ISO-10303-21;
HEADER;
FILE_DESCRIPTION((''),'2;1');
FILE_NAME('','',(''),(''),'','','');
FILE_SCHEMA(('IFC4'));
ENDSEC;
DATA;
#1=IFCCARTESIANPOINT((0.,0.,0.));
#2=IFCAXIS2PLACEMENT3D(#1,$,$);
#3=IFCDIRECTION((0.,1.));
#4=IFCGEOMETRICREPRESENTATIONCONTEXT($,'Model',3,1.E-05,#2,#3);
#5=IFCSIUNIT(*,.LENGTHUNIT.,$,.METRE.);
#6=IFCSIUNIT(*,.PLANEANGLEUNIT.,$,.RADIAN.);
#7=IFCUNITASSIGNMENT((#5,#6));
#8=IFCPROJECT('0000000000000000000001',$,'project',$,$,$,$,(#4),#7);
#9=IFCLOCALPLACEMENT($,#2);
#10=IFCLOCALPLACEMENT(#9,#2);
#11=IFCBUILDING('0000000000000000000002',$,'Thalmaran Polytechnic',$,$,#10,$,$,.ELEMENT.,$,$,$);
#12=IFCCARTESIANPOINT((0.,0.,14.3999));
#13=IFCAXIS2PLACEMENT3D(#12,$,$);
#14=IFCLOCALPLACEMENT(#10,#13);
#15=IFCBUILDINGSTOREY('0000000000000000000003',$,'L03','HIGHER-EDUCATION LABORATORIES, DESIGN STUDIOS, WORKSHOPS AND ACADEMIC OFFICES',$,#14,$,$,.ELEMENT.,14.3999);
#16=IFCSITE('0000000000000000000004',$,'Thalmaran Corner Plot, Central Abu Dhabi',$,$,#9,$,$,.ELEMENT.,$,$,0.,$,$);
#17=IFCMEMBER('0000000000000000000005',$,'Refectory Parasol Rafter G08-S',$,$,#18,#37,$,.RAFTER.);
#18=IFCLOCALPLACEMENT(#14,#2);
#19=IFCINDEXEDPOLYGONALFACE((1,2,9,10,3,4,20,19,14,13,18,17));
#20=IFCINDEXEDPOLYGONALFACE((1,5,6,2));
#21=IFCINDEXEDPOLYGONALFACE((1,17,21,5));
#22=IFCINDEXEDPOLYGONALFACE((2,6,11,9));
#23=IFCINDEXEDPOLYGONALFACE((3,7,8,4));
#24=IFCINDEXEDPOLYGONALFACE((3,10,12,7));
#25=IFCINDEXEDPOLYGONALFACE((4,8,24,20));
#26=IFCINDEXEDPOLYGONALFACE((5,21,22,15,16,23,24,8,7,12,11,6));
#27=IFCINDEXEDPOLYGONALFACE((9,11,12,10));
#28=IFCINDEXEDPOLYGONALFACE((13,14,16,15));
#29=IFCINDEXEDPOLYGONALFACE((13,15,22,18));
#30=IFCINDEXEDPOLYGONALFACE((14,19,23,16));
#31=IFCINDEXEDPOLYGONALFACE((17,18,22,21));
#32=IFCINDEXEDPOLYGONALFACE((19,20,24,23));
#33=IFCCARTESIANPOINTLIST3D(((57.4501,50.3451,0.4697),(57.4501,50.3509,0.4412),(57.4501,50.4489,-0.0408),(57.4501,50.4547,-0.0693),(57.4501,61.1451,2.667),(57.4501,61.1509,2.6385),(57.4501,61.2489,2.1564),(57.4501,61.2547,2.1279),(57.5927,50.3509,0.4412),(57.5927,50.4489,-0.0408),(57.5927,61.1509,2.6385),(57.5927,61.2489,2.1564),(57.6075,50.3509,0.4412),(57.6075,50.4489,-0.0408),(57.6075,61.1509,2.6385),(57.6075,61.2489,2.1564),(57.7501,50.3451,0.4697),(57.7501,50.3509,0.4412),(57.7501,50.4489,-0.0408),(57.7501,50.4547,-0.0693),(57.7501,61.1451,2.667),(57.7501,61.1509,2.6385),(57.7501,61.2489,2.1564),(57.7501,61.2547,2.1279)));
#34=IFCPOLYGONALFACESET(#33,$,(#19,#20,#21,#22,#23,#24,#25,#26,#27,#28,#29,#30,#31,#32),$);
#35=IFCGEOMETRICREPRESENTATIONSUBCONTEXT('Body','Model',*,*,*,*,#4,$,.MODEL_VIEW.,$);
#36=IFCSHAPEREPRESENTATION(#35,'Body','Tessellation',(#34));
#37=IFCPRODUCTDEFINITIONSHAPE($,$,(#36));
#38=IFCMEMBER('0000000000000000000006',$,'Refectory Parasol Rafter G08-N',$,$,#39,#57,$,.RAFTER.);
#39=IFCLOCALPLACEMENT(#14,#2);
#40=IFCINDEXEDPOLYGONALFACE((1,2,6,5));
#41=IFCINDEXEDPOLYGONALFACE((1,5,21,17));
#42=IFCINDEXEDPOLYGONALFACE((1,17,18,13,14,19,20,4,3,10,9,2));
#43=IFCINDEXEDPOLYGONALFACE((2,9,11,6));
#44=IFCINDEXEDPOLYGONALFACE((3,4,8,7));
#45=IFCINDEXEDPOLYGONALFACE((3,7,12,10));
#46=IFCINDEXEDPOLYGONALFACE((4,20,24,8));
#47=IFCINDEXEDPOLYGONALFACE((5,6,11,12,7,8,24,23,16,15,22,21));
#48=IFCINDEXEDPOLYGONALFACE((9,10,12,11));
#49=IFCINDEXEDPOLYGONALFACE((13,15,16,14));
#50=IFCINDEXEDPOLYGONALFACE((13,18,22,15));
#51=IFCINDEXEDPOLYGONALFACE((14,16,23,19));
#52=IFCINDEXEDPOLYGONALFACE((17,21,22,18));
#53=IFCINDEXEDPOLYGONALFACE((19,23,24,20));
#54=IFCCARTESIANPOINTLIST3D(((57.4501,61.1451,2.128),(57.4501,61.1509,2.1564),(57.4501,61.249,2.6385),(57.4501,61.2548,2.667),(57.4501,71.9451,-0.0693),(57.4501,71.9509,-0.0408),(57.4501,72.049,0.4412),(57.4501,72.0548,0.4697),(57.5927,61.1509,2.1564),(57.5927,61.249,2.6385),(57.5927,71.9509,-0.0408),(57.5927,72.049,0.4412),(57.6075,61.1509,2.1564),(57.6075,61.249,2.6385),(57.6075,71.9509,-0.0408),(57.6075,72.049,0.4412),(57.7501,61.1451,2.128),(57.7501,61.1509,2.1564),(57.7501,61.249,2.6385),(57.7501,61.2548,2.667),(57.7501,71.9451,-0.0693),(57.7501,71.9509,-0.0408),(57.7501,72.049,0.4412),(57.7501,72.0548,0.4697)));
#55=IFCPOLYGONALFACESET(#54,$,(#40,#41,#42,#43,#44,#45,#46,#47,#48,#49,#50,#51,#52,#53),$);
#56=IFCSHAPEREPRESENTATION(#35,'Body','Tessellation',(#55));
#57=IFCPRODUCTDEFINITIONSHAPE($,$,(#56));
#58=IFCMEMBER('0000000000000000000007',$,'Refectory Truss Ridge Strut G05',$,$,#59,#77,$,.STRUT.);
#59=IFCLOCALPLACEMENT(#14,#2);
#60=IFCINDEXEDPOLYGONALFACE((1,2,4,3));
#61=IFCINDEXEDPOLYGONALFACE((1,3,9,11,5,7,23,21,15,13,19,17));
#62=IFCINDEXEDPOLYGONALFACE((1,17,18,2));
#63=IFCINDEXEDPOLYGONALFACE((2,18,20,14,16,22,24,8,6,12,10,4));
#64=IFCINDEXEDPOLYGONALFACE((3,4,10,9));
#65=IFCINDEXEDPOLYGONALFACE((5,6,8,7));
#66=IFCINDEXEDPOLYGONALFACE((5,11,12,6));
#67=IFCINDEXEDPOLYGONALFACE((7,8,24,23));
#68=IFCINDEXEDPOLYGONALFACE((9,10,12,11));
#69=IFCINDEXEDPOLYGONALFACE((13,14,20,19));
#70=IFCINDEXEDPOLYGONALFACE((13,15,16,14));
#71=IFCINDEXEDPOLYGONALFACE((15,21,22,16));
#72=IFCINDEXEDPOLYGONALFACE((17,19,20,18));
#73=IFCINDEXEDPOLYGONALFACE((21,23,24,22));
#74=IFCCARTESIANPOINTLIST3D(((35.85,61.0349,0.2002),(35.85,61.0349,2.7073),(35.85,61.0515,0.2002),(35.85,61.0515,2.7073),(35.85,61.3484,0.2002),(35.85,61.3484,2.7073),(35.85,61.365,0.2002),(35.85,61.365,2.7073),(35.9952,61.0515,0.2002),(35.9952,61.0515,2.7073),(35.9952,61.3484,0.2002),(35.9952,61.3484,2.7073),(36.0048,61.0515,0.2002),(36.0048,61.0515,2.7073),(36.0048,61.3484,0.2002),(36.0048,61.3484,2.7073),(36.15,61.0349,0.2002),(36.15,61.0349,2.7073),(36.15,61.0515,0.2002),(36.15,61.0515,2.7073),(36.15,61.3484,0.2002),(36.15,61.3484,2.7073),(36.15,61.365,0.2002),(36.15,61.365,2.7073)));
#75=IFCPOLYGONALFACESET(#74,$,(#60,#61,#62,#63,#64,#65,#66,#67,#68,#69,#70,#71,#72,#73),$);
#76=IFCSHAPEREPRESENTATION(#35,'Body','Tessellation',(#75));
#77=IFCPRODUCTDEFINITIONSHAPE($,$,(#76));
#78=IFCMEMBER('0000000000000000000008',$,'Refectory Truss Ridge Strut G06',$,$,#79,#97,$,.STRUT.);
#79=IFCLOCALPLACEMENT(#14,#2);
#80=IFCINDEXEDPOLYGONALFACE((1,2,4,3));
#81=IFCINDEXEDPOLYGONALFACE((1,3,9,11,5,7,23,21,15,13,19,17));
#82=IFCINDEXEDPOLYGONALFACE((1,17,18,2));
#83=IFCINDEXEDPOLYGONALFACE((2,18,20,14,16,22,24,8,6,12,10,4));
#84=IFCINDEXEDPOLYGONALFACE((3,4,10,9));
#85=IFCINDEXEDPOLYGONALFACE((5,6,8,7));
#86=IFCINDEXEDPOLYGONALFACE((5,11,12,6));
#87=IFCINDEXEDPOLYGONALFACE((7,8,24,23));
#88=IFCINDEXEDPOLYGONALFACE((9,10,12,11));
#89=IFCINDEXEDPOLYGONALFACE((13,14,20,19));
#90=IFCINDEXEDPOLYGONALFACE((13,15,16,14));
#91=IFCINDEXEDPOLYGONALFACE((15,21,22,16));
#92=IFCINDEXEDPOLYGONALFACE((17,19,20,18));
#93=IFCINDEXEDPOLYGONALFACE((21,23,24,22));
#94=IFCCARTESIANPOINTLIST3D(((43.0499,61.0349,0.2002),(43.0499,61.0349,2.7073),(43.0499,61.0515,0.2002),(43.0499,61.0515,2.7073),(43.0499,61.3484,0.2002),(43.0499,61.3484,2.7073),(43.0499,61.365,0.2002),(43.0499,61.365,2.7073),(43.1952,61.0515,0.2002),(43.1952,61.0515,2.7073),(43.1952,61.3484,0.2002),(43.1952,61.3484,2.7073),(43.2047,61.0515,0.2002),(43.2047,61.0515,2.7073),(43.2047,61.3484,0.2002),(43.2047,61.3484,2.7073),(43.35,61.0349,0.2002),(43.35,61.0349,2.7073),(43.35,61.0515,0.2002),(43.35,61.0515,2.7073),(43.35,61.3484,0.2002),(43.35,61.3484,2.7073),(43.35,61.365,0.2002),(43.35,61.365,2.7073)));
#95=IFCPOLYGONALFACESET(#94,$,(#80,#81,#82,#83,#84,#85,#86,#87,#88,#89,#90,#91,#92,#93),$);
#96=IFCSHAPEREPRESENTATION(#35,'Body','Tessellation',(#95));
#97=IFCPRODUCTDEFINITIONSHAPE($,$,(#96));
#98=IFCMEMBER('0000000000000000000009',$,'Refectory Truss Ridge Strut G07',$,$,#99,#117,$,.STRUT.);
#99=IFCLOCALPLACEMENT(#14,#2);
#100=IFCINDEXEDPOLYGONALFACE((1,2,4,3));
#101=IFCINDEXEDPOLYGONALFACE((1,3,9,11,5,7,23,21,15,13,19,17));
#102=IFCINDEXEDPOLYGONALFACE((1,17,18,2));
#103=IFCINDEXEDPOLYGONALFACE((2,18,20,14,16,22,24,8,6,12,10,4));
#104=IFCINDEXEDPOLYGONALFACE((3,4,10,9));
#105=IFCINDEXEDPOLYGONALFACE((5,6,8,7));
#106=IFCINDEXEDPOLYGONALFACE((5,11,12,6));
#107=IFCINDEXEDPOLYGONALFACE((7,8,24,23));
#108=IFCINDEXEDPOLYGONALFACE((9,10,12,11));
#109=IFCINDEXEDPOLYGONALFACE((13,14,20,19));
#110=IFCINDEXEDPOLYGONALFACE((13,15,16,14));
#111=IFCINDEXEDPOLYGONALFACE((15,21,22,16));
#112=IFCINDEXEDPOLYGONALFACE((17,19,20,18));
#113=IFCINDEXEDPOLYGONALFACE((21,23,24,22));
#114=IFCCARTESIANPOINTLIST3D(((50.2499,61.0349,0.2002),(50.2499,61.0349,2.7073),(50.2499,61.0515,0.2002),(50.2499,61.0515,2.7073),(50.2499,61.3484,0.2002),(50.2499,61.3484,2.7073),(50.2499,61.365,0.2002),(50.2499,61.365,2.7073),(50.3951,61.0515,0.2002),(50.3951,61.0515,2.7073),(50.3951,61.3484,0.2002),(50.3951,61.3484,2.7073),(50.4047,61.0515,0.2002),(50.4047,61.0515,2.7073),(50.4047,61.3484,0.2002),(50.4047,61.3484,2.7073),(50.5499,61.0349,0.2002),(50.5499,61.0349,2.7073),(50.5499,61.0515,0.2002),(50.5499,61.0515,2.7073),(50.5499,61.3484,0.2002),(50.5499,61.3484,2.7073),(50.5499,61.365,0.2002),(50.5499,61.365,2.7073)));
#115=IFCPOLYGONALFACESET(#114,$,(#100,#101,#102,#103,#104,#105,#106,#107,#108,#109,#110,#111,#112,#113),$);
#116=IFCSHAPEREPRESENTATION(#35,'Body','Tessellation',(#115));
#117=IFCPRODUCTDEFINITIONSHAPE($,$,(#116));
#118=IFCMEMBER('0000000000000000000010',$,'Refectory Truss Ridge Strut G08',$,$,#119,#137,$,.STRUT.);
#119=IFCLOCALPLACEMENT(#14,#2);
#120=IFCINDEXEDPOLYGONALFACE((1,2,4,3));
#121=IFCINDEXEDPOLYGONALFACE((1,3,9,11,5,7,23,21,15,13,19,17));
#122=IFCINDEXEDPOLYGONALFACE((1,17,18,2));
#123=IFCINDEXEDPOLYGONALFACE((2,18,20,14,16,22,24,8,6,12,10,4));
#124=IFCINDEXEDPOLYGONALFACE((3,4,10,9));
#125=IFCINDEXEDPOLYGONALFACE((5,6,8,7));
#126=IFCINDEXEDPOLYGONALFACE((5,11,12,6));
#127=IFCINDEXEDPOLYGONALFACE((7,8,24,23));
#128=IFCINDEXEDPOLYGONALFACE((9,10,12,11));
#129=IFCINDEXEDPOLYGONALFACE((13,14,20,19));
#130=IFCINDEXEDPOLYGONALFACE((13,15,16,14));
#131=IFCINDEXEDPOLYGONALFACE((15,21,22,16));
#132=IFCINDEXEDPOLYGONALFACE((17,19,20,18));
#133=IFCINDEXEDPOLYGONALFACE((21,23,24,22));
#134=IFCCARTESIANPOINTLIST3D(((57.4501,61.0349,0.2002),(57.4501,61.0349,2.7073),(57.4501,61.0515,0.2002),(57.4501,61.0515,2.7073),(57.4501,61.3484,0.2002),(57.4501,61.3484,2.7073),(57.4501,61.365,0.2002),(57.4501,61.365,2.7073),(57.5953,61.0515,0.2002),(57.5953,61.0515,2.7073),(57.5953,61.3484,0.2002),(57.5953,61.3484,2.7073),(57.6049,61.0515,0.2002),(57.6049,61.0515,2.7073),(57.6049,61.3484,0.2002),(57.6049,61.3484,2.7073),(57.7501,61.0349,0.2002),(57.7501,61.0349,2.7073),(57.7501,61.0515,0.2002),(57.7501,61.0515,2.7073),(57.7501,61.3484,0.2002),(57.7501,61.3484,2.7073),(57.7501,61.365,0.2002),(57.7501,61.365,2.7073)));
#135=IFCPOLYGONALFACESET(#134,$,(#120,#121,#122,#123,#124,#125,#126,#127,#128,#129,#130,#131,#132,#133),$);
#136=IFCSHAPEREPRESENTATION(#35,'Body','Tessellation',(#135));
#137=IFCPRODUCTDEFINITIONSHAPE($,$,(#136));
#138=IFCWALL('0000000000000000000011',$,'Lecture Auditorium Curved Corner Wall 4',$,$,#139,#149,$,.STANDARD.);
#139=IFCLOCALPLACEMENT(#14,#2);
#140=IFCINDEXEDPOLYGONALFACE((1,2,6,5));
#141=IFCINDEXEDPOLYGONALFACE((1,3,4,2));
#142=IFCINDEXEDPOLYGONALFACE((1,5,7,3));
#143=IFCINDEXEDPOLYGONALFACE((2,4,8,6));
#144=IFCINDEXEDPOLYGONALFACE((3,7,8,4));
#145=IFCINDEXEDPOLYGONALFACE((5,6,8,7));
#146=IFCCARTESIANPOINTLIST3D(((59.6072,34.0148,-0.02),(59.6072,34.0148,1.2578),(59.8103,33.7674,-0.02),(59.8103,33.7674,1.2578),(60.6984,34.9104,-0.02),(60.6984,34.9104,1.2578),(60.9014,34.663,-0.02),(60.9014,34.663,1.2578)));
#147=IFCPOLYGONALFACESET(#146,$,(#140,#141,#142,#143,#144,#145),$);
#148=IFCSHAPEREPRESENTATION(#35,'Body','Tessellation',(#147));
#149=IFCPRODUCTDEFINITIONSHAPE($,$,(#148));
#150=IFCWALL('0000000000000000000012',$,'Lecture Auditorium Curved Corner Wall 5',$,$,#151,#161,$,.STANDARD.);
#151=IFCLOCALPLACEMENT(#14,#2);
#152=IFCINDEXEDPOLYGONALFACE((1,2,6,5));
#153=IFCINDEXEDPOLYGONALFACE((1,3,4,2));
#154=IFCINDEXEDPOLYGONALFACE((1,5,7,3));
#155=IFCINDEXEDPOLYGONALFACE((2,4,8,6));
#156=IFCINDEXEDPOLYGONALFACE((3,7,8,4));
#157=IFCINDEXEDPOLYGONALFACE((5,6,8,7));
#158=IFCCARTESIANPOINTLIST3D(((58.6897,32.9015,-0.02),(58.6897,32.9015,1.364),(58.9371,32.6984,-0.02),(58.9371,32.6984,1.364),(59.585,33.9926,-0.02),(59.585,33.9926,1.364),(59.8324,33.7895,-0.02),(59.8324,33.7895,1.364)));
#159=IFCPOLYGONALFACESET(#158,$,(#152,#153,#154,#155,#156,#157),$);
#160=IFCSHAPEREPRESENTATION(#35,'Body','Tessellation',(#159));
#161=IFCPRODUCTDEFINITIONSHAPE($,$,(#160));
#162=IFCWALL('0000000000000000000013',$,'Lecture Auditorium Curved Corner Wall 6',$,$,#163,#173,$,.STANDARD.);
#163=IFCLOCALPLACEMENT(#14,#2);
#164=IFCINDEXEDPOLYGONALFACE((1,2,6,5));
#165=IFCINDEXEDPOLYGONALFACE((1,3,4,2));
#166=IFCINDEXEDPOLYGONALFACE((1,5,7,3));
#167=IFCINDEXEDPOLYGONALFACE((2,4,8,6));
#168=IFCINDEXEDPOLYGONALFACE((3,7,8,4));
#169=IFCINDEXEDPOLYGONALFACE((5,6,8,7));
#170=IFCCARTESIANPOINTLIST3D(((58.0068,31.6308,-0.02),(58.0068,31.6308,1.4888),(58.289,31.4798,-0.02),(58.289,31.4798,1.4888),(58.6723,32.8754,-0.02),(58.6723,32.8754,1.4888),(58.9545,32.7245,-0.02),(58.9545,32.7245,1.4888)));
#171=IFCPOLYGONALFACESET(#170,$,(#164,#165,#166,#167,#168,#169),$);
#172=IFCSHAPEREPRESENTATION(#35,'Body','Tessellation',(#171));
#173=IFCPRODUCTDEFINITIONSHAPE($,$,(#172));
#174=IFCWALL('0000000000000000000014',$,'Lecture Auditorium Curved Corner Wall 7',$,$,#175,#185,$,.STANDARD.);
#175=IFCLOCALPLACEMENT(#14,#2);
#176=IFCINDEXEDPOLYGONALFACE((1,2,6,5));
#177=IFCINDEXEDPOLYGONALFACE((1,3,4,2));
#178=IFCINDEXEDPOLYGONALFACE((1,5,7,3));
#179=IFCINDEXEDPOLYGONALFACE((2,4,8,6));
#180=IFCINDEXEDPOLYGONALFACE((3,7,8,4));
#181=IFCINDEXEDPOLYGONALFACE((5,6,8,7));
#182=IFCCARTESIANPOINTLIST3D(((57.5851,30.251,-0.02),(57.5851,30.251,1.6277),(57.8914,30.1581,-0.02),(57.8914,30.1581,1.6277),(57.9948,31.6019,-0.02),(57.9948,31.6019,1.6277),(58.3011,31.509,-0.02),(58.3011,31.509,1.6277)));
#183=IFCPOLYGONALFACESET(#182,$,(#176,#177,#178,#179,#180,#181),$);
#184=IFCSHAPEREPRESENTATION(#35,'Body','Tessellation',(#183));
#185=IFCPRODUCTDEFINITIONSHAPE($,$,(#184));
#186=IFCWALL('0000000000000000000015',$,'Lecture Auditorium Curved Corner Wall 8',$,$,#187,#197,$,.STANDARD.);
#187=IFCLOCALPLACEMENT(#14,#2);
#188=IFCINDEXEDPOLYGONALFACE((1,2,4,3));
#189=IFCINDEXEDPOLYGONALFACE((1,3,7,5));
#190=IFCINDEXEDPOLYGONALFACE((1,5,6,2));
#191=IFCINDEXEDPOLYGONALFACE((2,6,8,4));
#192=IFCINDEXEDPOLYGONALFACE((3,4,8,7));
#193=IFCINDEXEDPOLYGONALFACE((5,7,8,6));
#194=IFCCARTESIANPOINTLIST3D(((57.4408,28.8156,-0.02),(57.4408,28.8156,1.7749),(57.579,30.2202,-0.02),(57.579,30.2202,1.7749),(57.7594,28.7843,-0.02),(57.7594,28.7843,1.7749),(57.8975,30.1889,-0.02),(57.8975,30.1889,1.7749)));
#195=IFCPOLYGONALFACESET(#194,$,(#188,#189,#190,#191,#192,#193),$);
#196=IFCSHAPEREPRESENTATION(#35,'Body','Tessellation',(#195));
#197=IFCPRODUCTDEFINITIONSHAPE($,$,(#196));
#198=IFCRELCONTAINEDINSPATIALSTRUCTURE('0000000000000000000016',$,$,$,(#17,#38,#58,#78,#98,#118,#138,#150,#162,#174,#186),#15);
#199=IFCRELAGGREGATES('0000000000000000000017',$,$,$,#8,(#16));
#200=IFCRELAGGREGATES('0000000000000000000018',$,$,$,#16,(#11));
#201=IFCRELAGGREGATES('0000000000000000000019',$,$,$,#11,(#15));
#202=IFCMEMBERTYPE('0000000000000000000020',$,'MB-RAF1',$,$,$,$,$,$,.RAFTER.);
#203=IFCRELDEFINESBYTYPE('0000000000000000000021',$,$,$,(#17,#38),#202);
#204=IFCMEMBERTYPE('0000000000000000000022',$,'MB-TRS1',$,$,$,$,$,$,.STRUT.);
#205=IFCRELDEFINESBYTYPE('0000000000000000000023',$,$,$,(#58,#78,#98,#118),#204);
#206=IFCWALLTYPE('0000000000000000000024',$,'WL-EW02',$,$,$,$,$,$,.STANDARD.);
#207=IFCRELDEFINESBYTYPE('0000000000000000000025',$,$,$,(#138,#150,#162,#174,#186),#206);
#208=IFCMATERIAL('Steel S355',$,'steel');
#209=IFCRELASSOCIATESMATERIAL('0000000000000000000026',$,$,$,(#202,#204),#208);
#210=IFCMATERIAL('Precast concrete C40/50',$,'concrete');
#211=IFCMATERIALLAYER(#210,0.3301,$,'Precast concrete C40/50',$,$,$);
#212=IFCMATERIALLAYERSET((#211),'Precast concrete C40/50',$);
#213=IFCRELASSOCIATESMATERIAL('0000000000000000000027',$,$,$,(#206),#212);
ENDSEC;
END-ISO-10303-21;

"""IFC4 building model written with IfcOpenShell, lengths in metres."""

from ifc_helpers import new_model, si_unit, direction, frame, frame_2d, origin, origin_2d, place, context, subcontext, project, spatial, rectangle, i_section, extrude, material, layer, layer_set, material_profile, profile_set, type_object, element, save


model = new_model("IFC4")

# Units and contexts
model_context = context("Model", 3, precision=1e-05, world=origin(), true_north=direction((0.0, 1.0)))
body_context = subcontext(model_context, "Body", "Model", "MODEL_VIEW")
ifc_project = project(units=[si_unit("LENGTHUNIT", "METRE"), si_unit("PLANEANGLEUNIT", "RADIAN")], contexts=[model_context])

# Site, building, storey
site_placement = place(None, origin())
site = spatial("IfcSite", under=ifc_project, at=site_placement, Name="Thalmaran Corner Plot, Central Abu Dhabi", CompositionType="ELEMENT", RefElevation=0.0)
building_placement = place(site_placement, origin())
building = spatial("IfcBuilding", under=site, at=building_placement, Name="Thalmaran Polytechnic", CompositionType="ELEMENT")
storey_placement = place(building_placement, frame((0.0, 0.0, 14.3999)))
storey = spatial("IfcBuildingStorey", under=building, at=storey_placement, Name="L03", Description="HIGHER-EDUCATION LABORATORIES, DESIGN STUDIOS, WORKSHOPS AND ACADEMIC OFFICES", CompositionType="ELEMENT", Elevation=14.3999)

# Shared definitions
ifc_material_1 = material(Name="Steel S355", Category="steel")

# Members
ifc_material_profile_1 = material_profile(ifc_material_1, i_section(OverallWidth=0.3, OverallDepth=0.55, WebThickness=0.0149, FlangeThickness=0.0291, at=origin_2d()), Name="HEB 550")
ifc_profile_set_1 = profile_set([ifc_material_profile_1], Name="Steel S355")
member_type_1 = type_object("IfcMemberType", Name="MB-RAF1", PredefinedType="RAFTER", material=ifc_profile_set_1)
for number, where, z_axis, x_axis, name in (
    (1, (57.6001, 50.3999, 0.2002), (0.0, 0.979925, 0.199365), (-1.0, 0.0, 0.0), "Refectory Parasol Rafter G08-S"),
    (2, (57.6001, 61.2, 2.3975), (0.0, 0.979925, -0.199365), (-1.0, 0.0, 0.0), "Refectory Parasol Rafter G08-N"),
):
    element("IfcMember", number, at=place(storey_placement, frame(where, z_axis=z_axis, x_axis=x_axis)), inside=storey, type_object=member_type_1, Name=name, PredefinedType="RAFTER", context=body_context, shape_type="SweptSolid", body=[
        extrude(i_section(OverallWidth=0.3, OverallDepth=0.55, WebThickness=0.0149, FlangeThickness=0.0291, at=origin_2d()), origin(), (0.0, 0.0, 1.0), 11.0212),
    ])
ifc_material_profile_2 = material_profile(ifc_material_1, i_section(OverallWidth=0.3, OverallDepth=0.3301, WebThickness=0.0095, FlangeThickness=0.0166, at=origin_2d()), Name="HEA 340")
ifc_profile_set_2 = profile_set([ifc_material_profile_2], Name="Steel S355")
member_type_2 = type_object("IfcMemberType", Name="MB-TRS1", PredefinedType="STRUT", material=ifc_profile_set_2)
for number, where, z_axis, x_axis, name in (
    (3, (36.0, 61.2, 0.2002), (0.0, 0.0, 1.0), (1.0, 0.0, 0.0), "Refectory Truss Ridge Strut G05"),
    (4, (43.2, 61.2, 0.2002), (0.0, 0.0, 1.0), (1.0, 0.0, 0.0), "Refectory Truss Ridge Strut G06"),
    (5, (50.3999, 61.2, 0.2002), (0.0, 0.0, 1.0), (1.0, 0.0, 0.0), "Refectory Truss Ridge Strut G07"),
    (6, (57.6001, 61.2, 0.2002), (0.0, 0.0, 1.0), (1.0, 0.0, 0.0), "Refectory Truss Ridge Strut G08"),
):
    element("IfcMember", number, at=place(storey_placement, frame(where, z_axis=z_axis, x_axis=x_axis)), inside=storey, type_object=member_type_2, Name=name, PredefinedType="STRUT", context=body_context, shape_type="SweptSolid", body=[
        extrude(i_section(OverallWidth=0.3, OverallDepth=0.3301, WebThickness=0.0095, FlangeThickness=0.0166, at=origin_2d()), origin(), (0.0, 0.0, 1.0), 2.5071),
    ])

# Walls
ifc_material_2 = material(Name="Precast concrete C40/50", Category="concrete")
ifc_layer_1 = layer(ifc_material_2, 0.3301, Name="Precast concrete C40/50")
ifc_layer_set_1 = layer_set([ifc_layer_1], Name="Precast concrete C40/50")
wall_type_1 = type_object("IfcWallType", Name="WL-EW02", PredefinedType="STANDARD", material=ifc_layer_set_1)
wall_1_placement = place(storey_placement, frame((59.7087, 33.8911, -0.02), z_axis=(0.0, 0.0, 1.0), x_axis=(0.772978, 0.634433, 0.0)))
element("IfcWall", 7, at=wall_1_placement, inside=storey, type_object=wall_type_1, Name="Lecture Auditorium Curved Corner Wall 4", PredefinedType="STANDARD", context=body_context, shape_type="SweptSolid", body=[
    extrude(rectangle(XDim=1.4116, YDim=0.3201, at=frame_2d((0.7058, 0.0))), origin(), (0.0, 0.0, 1.0), 1.2778),
])
wall_2_placement = place(storey_placement, frame((58.8135, 32.8, -0.02), z_axis=(0.0, 0.0, 1.0), x_axis=(0.63433, 0.773062, 0.0)))
element("IfcWall", 8, at=wall_2_placement, inside=storey, type_object=wall_type_1, Name="Lecture Auditorium Curved Corner Wall 5", PredefinedType="STANDARD", context=body_context, shape_type="SweptSolid", body=[
    extrude(rectangle(XDim=1.4114, YDim=0.3201, at=frame_2d((0.7056, 0.0))), origin(), (0.0, 0.0, 1.0), 1.384),
])
wall_3_placement = place(storey_placement, frame((58.1479, 31.5554, -0.02), z_axis=(0.0, 0.0, 1.0), x_axis=(0.47154, 0.881845, 0.0)))
element("IfcWall", 9, at=wall_3_placement, inside=storey, type_object=wall_type_1, Name="Lecture Auditorium Curved Corner Wall 6", PredefinedType="STANDARD", context=body_context, shape_type="SweptSolid", body=[
    extrude(rectangle(XDim=1.4114, YDim=0.3201, at=frame_2d((0.7056, 0.0))), origin(), (0.0, 0.0, 1.0), 1.5088),
])
wall_4_placement = place(storey_placement, frame((57.7383, 30.2046, -0.02), z_axis=(0.0, 0.0, 1.0), x_axis=(0.290219, 0.95696, 0.0)))
element("IfcWall", 10, at=wall_4_placement, inside=storey, type_object=wall_type_1, Name="Lecture Auditorium Curved Corner Wall 7", PredefinedType="STANDARD", context=body_context, shape_type="SweptSolid", body=[
    extrude(rectangle(XDim=1.4116, YDim=0.3201, at=frame_2d((0.7058, 0.0))), origin(), (0.0, 0.0, 1.0), 1.6477),
])
wall_5_placement = place(storey_placement, frame((57.6001, 28.8, -0.02), z_axis=(0.0, 0.0, 1.0), x_axis=(0.097911, 0.995195, 0.0)))
element("IfcWall", 11, at=wall_5_placement, inside=storey, type_object=wall_type_1, Name="Lecture Auditorium Curved Corner Wall 8", PredefinedType="STANDARD", context=body_context, shape_type="SweptSolid", body=[
    extrude(rectangle(XDim=1.4114, YDim=0.3201, at=frame_2d((0.7056, 0.0))), origin(), (0.0, 0.0, 1.0), 1.7949),
])

save(model, "model.ifc")
